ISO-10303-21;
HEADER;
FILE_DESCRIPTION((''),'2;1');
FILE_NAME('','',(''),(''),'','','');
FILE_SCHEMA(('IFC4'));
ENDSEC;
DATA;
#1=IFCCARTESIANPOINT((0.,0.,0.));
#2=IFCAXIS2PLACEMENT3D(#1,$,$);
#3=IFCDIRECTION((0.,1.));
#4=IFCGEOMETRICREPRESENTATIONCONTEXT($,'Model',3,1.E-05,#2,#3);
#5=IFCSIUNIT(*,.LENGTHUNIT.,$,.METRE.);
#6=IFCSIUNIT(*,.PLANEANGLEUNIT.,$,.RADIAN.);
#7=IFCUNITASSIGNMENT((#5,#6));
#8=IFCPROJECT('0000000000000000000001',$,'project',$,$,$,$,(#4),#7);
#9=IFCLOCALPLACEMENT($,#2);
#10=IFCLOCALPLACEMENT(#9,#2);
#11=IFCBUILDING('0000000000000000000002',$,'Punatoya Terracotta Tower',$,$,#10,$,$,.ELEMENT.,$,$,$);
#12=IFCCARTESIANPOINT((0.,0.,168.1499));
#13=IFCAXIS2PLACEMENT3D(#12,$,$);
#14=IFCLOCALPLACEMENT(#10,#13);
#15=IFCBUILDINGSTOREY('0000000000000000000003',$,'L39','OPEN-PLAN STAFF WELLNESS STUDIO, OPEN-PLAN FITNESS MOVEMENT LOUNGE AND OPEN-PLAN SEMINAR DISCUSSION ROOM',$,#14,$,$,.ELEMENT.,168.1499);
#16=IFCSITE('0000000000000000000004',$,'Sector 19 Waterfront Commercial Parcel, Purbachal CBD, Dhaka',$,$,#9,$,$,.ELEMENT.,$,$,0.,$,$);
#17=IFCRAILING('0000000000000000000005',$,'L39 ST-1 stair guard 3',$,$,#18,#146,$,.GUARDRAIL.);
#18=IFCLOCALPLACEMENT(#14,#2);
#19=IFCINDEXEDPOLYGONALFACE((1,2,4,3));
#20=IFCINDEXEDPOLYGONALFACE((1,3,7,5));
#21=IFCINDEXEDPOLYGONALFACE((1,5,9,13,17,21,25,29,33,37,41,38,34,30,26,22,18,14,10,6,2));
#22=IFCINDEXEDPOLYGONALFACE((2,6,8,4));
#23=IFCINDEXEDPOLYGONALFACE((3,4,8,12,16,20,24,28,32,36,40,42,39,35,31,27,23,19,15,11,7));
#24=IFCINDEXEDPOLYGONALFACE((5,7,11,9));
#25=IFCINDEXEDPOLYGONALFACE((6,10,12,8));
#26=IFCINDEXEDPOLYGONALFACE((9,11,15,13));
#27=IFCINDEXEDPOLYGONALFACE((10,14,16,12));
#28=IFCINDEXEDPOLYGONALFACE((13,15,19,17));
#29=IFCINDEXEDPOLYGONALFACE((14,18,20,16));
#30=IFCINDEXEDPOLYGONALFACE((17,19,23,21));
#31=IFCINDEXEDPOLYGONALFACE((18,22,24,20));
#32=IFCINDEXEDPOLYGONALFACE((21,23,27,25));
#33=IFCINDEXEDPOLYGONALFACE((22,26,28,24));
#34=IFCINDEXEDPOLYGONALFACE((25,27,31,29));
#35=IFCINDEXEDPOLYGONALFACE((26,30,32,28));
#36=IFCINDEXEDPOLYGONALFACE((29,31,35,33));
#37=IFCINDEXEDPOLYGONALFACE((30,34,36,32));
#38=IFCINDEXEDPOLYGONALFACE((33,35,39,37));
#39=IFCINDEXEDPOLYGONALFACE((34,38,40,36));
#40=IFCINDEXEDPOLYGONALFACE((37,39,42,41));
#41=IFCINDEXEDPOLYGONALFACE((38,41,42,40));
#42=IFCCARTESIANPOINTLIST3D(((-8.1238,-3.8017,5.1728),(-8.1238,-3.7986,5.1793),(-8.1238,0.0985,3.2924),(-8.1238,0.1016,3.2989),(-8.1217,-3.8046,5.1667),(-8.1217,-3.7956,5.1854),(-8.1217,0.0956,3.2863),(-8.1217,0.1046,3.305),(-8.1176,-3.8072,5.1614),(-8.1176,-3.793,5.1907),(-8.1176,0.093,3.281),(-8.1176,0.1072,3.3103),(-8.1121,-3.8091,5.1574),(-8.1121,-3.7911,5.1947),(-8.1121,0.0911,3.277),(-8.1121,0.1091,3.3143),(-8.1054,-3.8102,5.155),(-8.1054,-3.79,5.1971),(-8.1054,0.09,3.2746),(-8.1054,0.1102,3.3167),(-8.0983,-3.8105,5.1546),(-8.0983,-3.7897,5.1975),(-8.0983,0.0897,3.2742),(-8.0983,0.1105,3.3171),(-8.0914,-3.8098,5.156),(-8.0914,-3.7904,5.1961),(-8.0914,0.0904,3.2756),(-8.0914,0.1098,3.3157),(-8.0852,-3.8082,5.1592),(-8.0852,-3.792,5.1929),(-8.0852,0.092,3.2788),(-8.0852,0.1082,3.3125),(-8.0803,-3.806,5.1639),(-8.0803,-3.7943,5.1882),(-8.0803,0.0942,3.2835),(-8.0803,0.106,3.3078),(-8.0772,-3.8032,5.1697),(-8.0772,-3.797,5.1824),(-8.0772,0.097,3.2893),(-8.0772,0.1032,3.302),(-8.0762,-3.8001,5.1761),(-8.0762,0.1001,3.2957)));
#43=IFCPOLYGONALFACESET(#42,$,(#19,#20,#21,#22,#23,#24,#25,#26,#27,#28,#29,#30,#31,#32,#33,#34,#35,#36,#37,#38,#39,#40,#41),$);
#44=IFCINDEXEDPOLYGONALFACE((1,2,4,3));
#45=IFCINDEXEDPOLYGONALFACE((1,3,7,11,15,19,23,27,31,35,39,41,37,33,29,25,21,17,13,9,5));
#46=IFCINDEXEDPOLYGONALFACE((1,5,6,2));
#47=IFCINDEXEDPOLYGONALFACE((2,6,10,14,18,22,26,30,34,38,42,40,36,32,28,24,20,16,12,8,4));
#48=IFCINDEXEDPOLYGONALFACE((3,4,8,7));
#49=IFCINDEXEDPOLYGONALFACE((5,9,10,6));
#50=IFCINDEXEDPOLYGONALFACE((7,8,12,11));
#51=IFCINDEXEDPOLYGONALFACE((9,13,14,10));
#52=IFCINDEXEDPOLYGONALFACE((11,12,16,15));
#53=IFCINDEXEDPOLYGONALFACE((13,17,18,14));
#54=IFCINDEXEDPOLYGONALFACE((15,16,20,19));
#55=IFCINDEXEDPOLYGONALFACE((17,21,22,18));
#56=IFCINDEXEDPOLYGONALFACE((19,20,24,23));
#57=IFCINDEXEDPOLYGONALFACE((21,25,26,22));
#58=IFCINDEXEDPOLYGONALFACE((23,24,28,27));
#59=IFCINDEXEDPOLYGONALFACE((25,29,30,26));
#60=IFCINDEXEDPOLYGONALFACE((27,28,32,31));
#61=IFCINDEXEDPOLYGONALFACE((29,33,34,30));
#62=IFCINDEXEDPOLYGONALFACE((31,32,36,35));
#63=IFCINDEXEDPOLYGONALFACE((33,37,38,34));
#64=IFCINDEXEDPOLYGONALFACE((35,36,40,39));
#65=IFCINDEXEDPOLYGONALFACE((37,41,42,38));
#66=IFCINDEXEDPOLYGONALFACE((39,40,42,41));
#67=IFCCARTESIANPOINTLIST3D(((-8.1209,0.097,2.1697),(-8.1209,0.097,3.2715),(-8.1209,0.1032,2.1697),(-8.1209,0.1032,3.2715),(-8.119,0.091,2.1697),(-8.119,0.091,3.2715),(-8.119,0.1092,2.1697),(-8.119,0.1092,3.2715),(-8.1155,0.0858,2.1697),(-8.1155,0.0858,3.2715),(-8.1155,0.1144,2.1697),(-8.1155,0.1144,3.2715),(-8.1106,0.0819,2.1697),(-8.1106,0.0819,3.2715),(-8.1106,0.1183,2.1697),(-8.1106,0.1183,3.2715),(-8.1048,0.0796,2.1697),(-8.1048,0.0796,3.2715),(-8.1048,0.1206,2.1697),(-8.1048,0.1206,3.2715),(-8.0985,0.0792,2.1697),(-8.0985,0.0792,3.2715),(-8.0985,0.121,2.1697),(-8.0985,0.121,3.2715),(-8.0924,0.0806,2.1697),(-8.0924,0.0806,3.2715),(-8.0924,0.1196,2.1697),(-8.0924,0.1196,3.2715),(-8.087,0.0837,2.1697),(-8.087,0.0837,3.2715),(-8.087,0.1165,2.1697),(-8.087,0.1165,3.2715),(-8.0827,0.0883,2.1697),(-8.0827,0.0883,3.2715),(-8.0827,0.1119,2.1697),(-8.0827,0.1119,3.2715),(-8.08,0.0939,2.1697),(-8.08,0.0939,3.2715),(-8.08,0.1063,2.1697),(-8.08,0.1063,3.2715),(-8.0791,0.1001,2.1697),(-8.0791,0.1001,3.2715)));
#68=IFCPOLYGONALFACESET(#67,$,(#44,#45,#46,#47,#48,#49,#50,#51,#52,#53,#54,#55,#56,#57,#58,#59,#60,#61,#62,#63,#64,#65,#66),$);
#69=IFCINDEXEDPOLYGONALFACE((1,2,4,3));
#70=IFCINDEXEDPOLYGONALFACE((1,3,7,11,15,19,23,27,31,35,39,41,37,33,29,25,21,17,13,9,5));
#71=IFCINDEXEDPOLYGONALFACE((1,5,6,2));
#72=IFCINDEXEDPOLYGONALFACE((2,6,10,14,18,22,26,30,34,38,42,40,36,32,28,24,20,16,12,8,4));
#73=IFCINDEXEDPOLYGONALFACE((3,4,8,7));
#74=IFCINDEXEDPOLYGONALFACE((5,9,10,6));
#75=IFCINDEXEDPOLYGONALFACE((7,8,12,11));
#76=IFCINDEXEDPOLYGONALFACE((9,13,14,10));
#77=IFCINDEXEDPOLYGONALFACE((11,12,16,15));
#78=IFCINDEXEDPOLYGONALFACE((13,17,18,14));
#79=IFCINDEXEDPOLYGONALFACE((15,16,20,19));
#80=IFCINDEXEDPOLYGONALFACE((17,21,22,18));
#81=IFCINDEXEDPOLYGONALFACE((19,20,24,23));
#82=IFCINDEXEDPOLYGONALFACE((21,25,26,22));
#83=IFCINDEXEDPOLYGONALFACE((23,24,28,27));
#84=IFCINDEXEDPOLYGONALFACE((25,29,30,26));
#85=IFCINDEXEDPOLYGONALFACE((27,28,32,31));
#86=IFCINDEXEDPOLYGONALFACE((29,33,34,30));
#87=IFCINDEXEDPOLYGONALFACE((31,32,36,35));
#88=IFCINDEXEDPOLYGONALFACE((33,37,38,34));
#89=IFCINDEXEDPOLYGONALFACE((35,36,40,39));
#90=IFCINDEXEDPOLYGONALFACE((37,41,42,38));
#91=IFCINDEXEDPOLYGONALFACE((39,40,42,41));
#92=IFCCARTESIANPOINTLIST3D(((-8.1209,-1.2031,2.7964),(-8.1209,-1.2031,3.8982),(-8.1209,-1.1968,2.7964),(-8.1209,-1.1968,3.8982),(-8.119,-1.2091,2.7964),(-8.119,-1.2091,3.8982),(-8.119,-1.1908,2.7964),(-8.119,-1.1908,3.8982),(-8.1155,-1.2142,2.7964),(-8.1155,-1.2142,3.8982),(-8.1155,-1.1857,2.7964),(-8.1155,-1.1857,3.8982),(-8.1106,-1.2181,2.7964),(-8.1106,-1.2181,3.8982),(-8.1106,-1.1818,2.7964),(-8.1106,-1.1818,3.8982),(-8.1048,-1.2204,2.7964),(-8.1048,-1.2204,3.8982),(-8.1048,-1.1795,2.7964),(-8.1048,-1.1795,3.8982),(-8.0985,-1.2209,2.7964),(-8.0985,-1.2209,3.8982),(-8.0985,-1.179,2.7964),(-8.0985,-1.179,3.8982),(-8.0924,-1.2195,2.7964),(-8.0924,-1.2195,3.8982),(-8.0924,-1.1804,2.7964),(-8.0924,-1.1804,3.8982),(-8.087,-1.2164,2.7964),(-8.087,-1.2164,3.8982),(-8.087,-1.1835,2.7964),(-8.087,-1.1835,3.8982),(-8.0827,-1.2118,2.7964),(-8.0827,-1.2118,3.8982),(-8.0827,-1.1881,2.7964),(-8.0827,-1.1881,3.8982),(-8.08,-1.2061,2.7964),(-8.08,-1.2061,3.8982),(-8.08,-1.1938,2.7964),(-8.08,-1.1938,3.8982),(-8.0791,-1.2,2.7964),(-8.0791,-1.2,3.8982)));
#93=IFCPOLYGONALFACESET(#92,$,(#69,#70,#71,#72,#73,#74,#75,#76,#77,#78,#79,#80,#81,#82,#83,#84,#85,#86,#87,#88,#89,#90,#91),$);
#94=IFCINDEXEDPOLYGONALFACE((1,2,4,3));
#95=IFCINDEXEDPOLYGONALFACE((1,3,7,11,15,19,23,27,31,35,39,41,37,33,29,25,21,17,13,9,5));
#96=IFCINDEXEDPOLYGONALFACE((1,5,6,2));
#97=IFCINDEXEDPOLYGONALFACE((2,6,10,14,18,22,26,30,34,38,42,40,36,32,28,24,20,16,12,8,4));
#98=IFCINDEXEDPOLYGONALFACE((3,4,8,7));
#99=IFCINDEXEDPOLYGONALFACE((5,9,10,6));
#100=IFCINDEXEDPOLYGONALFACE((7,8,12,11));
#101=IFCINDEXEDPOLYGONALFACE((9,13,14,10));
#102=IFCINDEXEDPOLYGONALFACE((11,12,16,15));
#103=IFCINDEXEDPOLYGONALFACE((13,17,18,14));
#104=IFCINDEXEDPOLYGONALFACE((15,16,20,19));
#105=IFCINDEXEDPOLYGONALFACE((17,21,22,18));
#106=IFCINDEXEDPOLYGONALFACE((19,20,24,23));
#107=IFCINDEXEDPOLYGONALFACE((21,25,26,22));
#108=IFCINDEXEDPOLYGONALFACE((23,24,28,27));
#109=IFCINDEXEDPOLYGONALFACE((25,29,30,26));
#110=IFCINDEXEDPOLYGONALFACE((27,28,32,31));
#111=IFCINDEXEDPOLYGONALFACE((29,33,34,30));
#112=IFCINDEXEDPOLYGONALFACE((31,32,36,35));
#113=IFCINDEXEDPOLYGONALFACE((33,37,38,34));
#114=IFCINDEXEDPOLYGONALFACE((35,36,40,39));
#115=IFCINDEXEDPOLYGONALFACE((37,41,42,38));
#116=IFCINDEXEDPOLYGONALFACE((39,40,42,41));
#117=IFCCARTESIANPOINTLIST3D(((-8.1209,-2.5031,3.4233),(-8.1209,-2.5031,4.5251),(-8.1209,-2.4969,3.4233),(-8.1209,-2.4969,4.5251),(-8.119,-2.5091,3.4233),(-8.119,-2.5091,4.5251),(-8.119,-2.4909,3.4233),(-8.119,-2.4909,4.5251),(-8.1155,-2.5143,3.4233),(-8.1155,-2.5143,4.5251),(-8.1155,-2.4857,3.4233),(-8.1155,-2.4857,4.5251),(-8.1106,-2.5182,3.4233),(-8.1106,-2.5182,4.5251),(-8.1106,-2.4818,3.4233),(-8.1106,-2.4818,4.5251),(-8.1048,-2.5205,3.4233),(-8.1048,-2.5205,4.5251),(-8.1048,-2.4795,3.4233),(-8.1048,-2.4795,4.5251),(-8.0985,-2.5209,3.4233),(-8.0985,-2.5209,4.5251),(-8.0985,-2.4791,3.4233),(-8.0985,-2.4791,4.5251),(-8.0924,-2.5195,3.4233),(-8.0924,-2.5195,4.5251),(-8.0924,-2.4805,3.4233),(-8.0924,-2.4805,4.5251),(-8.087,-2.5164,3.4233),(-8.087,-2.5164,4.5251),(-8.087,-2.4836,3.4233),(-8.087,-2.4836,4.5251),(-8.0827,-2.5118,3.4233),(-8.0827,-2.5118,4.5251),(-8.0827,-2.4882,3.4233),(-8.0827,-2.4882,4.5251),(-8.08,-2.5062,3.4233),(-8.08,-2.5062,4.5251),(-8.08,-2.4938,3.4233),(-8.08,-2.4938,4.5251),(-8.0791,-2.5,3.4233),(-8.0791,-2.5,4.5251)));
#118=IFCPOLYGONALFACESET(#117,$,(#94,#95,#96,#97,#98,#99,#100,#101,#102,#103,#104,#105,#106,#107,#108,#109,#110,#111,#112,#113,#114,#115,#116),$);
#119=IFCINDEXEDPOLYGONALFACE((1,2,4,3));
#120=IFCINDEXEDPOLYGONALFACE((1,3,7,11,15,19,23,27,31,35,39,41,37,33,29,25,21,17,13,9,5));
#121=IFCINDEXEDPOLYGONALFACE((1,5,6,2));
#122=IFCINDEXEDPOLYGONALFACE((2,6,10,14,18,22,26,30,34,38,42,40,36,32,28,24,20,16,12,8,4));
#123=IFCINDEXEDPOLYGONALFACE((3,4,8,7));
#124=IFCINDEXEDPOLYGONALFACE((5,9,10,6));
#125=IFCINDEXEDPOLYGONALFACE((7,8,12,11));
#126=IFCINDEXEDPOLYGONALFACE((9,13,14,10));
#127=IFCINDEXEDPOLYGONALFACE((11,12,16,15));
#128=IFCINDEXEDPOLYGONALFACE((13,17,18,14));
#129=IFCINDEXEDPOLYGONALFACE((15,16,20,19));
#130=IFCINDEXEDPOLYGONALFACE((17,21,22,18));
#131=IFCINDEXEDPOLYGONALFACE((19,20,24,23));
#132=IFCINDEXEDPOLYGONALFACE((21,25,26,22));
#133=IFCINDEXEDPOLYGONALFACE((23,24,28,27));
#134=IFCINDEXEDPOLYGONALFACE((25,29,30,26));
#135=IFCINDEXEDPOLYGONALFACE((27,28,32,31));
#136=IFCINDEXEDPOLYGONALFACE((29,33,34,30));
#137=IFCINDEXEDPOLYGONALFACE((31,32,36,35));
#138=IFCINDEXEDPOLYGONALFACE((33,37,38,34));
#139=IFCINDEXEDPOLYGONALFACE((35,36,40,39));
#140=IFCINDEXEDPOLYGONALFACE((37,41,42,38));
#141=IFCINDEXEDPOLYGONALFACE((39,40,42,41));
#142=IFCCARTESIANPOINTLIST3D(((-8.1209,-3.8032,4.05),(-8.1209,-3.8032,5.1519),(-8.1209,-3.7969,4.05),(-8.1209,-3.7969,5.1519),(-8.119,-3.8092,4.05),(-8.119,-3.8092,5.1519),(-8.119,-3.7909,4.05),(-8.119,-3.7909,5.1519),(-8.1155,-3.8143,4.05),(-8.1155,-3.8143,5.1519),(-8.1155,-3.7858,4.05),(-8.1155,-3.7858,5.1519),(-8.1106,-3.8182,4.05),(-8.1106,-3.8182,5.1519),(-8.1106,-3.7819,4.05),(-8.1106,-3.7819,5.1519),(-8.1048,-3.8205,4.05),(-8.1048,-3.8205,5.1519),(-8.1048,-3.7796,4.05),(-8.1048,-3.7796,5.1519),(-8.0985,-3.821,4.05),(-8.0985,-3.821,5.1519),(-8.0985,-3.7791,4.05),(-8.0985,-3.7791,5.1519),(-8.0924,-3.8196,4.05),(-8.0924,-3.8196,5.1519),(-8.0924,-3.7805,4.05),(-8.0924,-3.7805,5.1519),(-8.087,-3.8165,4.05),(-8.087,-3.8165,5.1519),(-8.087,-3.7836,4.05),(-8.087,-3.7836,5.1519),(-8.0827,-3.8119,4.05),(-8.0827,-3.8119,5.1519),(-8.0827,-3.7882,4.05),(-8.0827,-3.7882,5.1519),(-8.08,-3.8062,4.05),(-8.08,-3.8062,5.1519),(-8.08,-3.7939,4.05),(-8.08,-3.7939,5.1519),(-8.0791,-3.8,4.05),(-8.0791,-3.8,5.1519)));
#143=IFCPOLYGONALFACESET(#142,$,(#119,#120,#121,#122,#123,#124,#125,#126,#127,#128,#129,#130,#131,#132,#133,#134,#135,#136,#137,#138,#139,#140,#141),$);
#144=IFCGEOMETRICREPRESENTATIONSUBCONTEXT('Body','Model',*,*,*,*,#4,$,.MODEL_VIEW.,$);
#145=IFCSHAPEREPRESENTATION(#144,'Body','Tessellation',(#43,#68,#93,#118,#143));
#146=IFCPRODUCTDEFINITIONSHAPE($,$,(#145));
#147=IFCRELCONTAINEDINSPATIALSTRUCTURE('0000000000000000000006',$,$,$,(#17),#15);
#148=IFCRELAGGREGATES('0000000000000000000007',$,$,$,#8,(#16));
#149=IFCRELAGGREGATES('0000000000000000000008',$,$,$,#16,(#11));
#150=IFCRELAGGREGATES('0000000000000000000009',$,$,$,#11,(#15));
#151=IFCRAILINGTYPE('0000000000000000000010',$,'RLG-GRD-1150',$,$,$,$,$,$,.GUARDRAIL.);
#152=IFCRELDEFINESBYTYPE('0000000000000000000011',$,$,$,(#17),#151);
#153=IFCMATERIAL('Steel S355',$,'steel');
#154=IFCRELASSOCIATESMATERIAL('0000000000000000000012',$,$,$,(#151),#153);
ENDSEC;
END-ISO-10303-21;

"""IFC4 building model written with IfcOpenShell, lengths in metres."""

from ifc_helpers import new_model, si_unit, direction, frame, origin, origin_2d, place, context, subcontext, project, spatial, circle, extrude, material, type_object, element, save


model = new_model("IFC4")

# Units and contexts
model_context = context("Model", 3, precision=1e-05, world=origin(), true_north=direction((0.0, 1.0)))
body_context = subcontext(model_context, "Body", "Model", "MODEL_VIEW")
ifc_project = project(units=[si_unit("LENGTHUNIT", "METRE"), si_unit("PLANEANGLEUNIT", "RADIAN")], contexts=[model_context])

# Site, building, storey
site_placement = place(None, origin())
site = spatial("IfcSite", under=ifc_project, at=site_placement, Name="Sector 19 Waterfront Commercial Parcel, Purbachal CBD, Dhaka", CompositionType="ELEMENT", RefElevation=0.0)
building_placement = place(site_placement, origin())
building = spatial("IfcBuilding", under=site, at=building_placement, Name="Punatoya Terracotta Tower", CompositionType="ELEMENT")
storey_placement = place(building_placement, frame((0.0, 0.0, 168.1499)))
storey = spatial("IfcBuildingStorey", under=building, at=storey_placement, Name="L39", Description="OPEN-PLAN STAFF WELLNESS STUDIO, OPEN-PLAN FITNESS MOVEMENT LOUNGE AND OPEN-PLAN SEMINAR DISCUSSION ROOM", CompositionType="ELEMENT", Elevation=168.1499)

# Railing
ifc_material_1 = material(Name="Steel S355", Category="steel")
railing_type_1 = type_object("IfcRailingType", Name="RLG-GRD-1150", PredefinedType="GUARDRAIL", material=ifc_material_1)
railing_1_placement = place(storey_placement, frame((-8.1001, 0.1001, 2.1697)))
element("IfcRailing", 1, at=railing_1_placement, inside=storey, type_object=railing_type_1, Name="L39 ST-1 stair guard 3", PredefinedType="GUARDRAIL", context=body_context, shape_type="SweptSolid", body=[
    extrude(circle(Radius=0.0239, at=origin_2d()), frame((0.0, 0.0, 1.126), z_axis=(0.0, -0.900774, 0.434289), x_axis=(1.0, 0.0, 0.0)), (0.0, 0.0, 1.0), 4.3298),
    extrude(circle(Radius=0.021, at=origin_2d()), origin(), (0.0, 0.0, 1.0), 1.1018),
    extrude(circle(Radius=0.021, at=origin_2d()), frame((0.0, -1.3, 0.6267)), (0.0, 0.0, 1.0), 1.1018),
    extrude(circle(Radius=0.021, at=origin_2d()), frame((0.0, -2.6001, 1.2537)), (0.0, 0.0, 1.0), 1.1018),
    extrude(circle(Radius=0.021, at=origin_2d()), frame((0.0, -3.9001, 1.8804)), (0.0, 0.0, 1.0), 1.1018),
])

save(model, "model.ifc")
